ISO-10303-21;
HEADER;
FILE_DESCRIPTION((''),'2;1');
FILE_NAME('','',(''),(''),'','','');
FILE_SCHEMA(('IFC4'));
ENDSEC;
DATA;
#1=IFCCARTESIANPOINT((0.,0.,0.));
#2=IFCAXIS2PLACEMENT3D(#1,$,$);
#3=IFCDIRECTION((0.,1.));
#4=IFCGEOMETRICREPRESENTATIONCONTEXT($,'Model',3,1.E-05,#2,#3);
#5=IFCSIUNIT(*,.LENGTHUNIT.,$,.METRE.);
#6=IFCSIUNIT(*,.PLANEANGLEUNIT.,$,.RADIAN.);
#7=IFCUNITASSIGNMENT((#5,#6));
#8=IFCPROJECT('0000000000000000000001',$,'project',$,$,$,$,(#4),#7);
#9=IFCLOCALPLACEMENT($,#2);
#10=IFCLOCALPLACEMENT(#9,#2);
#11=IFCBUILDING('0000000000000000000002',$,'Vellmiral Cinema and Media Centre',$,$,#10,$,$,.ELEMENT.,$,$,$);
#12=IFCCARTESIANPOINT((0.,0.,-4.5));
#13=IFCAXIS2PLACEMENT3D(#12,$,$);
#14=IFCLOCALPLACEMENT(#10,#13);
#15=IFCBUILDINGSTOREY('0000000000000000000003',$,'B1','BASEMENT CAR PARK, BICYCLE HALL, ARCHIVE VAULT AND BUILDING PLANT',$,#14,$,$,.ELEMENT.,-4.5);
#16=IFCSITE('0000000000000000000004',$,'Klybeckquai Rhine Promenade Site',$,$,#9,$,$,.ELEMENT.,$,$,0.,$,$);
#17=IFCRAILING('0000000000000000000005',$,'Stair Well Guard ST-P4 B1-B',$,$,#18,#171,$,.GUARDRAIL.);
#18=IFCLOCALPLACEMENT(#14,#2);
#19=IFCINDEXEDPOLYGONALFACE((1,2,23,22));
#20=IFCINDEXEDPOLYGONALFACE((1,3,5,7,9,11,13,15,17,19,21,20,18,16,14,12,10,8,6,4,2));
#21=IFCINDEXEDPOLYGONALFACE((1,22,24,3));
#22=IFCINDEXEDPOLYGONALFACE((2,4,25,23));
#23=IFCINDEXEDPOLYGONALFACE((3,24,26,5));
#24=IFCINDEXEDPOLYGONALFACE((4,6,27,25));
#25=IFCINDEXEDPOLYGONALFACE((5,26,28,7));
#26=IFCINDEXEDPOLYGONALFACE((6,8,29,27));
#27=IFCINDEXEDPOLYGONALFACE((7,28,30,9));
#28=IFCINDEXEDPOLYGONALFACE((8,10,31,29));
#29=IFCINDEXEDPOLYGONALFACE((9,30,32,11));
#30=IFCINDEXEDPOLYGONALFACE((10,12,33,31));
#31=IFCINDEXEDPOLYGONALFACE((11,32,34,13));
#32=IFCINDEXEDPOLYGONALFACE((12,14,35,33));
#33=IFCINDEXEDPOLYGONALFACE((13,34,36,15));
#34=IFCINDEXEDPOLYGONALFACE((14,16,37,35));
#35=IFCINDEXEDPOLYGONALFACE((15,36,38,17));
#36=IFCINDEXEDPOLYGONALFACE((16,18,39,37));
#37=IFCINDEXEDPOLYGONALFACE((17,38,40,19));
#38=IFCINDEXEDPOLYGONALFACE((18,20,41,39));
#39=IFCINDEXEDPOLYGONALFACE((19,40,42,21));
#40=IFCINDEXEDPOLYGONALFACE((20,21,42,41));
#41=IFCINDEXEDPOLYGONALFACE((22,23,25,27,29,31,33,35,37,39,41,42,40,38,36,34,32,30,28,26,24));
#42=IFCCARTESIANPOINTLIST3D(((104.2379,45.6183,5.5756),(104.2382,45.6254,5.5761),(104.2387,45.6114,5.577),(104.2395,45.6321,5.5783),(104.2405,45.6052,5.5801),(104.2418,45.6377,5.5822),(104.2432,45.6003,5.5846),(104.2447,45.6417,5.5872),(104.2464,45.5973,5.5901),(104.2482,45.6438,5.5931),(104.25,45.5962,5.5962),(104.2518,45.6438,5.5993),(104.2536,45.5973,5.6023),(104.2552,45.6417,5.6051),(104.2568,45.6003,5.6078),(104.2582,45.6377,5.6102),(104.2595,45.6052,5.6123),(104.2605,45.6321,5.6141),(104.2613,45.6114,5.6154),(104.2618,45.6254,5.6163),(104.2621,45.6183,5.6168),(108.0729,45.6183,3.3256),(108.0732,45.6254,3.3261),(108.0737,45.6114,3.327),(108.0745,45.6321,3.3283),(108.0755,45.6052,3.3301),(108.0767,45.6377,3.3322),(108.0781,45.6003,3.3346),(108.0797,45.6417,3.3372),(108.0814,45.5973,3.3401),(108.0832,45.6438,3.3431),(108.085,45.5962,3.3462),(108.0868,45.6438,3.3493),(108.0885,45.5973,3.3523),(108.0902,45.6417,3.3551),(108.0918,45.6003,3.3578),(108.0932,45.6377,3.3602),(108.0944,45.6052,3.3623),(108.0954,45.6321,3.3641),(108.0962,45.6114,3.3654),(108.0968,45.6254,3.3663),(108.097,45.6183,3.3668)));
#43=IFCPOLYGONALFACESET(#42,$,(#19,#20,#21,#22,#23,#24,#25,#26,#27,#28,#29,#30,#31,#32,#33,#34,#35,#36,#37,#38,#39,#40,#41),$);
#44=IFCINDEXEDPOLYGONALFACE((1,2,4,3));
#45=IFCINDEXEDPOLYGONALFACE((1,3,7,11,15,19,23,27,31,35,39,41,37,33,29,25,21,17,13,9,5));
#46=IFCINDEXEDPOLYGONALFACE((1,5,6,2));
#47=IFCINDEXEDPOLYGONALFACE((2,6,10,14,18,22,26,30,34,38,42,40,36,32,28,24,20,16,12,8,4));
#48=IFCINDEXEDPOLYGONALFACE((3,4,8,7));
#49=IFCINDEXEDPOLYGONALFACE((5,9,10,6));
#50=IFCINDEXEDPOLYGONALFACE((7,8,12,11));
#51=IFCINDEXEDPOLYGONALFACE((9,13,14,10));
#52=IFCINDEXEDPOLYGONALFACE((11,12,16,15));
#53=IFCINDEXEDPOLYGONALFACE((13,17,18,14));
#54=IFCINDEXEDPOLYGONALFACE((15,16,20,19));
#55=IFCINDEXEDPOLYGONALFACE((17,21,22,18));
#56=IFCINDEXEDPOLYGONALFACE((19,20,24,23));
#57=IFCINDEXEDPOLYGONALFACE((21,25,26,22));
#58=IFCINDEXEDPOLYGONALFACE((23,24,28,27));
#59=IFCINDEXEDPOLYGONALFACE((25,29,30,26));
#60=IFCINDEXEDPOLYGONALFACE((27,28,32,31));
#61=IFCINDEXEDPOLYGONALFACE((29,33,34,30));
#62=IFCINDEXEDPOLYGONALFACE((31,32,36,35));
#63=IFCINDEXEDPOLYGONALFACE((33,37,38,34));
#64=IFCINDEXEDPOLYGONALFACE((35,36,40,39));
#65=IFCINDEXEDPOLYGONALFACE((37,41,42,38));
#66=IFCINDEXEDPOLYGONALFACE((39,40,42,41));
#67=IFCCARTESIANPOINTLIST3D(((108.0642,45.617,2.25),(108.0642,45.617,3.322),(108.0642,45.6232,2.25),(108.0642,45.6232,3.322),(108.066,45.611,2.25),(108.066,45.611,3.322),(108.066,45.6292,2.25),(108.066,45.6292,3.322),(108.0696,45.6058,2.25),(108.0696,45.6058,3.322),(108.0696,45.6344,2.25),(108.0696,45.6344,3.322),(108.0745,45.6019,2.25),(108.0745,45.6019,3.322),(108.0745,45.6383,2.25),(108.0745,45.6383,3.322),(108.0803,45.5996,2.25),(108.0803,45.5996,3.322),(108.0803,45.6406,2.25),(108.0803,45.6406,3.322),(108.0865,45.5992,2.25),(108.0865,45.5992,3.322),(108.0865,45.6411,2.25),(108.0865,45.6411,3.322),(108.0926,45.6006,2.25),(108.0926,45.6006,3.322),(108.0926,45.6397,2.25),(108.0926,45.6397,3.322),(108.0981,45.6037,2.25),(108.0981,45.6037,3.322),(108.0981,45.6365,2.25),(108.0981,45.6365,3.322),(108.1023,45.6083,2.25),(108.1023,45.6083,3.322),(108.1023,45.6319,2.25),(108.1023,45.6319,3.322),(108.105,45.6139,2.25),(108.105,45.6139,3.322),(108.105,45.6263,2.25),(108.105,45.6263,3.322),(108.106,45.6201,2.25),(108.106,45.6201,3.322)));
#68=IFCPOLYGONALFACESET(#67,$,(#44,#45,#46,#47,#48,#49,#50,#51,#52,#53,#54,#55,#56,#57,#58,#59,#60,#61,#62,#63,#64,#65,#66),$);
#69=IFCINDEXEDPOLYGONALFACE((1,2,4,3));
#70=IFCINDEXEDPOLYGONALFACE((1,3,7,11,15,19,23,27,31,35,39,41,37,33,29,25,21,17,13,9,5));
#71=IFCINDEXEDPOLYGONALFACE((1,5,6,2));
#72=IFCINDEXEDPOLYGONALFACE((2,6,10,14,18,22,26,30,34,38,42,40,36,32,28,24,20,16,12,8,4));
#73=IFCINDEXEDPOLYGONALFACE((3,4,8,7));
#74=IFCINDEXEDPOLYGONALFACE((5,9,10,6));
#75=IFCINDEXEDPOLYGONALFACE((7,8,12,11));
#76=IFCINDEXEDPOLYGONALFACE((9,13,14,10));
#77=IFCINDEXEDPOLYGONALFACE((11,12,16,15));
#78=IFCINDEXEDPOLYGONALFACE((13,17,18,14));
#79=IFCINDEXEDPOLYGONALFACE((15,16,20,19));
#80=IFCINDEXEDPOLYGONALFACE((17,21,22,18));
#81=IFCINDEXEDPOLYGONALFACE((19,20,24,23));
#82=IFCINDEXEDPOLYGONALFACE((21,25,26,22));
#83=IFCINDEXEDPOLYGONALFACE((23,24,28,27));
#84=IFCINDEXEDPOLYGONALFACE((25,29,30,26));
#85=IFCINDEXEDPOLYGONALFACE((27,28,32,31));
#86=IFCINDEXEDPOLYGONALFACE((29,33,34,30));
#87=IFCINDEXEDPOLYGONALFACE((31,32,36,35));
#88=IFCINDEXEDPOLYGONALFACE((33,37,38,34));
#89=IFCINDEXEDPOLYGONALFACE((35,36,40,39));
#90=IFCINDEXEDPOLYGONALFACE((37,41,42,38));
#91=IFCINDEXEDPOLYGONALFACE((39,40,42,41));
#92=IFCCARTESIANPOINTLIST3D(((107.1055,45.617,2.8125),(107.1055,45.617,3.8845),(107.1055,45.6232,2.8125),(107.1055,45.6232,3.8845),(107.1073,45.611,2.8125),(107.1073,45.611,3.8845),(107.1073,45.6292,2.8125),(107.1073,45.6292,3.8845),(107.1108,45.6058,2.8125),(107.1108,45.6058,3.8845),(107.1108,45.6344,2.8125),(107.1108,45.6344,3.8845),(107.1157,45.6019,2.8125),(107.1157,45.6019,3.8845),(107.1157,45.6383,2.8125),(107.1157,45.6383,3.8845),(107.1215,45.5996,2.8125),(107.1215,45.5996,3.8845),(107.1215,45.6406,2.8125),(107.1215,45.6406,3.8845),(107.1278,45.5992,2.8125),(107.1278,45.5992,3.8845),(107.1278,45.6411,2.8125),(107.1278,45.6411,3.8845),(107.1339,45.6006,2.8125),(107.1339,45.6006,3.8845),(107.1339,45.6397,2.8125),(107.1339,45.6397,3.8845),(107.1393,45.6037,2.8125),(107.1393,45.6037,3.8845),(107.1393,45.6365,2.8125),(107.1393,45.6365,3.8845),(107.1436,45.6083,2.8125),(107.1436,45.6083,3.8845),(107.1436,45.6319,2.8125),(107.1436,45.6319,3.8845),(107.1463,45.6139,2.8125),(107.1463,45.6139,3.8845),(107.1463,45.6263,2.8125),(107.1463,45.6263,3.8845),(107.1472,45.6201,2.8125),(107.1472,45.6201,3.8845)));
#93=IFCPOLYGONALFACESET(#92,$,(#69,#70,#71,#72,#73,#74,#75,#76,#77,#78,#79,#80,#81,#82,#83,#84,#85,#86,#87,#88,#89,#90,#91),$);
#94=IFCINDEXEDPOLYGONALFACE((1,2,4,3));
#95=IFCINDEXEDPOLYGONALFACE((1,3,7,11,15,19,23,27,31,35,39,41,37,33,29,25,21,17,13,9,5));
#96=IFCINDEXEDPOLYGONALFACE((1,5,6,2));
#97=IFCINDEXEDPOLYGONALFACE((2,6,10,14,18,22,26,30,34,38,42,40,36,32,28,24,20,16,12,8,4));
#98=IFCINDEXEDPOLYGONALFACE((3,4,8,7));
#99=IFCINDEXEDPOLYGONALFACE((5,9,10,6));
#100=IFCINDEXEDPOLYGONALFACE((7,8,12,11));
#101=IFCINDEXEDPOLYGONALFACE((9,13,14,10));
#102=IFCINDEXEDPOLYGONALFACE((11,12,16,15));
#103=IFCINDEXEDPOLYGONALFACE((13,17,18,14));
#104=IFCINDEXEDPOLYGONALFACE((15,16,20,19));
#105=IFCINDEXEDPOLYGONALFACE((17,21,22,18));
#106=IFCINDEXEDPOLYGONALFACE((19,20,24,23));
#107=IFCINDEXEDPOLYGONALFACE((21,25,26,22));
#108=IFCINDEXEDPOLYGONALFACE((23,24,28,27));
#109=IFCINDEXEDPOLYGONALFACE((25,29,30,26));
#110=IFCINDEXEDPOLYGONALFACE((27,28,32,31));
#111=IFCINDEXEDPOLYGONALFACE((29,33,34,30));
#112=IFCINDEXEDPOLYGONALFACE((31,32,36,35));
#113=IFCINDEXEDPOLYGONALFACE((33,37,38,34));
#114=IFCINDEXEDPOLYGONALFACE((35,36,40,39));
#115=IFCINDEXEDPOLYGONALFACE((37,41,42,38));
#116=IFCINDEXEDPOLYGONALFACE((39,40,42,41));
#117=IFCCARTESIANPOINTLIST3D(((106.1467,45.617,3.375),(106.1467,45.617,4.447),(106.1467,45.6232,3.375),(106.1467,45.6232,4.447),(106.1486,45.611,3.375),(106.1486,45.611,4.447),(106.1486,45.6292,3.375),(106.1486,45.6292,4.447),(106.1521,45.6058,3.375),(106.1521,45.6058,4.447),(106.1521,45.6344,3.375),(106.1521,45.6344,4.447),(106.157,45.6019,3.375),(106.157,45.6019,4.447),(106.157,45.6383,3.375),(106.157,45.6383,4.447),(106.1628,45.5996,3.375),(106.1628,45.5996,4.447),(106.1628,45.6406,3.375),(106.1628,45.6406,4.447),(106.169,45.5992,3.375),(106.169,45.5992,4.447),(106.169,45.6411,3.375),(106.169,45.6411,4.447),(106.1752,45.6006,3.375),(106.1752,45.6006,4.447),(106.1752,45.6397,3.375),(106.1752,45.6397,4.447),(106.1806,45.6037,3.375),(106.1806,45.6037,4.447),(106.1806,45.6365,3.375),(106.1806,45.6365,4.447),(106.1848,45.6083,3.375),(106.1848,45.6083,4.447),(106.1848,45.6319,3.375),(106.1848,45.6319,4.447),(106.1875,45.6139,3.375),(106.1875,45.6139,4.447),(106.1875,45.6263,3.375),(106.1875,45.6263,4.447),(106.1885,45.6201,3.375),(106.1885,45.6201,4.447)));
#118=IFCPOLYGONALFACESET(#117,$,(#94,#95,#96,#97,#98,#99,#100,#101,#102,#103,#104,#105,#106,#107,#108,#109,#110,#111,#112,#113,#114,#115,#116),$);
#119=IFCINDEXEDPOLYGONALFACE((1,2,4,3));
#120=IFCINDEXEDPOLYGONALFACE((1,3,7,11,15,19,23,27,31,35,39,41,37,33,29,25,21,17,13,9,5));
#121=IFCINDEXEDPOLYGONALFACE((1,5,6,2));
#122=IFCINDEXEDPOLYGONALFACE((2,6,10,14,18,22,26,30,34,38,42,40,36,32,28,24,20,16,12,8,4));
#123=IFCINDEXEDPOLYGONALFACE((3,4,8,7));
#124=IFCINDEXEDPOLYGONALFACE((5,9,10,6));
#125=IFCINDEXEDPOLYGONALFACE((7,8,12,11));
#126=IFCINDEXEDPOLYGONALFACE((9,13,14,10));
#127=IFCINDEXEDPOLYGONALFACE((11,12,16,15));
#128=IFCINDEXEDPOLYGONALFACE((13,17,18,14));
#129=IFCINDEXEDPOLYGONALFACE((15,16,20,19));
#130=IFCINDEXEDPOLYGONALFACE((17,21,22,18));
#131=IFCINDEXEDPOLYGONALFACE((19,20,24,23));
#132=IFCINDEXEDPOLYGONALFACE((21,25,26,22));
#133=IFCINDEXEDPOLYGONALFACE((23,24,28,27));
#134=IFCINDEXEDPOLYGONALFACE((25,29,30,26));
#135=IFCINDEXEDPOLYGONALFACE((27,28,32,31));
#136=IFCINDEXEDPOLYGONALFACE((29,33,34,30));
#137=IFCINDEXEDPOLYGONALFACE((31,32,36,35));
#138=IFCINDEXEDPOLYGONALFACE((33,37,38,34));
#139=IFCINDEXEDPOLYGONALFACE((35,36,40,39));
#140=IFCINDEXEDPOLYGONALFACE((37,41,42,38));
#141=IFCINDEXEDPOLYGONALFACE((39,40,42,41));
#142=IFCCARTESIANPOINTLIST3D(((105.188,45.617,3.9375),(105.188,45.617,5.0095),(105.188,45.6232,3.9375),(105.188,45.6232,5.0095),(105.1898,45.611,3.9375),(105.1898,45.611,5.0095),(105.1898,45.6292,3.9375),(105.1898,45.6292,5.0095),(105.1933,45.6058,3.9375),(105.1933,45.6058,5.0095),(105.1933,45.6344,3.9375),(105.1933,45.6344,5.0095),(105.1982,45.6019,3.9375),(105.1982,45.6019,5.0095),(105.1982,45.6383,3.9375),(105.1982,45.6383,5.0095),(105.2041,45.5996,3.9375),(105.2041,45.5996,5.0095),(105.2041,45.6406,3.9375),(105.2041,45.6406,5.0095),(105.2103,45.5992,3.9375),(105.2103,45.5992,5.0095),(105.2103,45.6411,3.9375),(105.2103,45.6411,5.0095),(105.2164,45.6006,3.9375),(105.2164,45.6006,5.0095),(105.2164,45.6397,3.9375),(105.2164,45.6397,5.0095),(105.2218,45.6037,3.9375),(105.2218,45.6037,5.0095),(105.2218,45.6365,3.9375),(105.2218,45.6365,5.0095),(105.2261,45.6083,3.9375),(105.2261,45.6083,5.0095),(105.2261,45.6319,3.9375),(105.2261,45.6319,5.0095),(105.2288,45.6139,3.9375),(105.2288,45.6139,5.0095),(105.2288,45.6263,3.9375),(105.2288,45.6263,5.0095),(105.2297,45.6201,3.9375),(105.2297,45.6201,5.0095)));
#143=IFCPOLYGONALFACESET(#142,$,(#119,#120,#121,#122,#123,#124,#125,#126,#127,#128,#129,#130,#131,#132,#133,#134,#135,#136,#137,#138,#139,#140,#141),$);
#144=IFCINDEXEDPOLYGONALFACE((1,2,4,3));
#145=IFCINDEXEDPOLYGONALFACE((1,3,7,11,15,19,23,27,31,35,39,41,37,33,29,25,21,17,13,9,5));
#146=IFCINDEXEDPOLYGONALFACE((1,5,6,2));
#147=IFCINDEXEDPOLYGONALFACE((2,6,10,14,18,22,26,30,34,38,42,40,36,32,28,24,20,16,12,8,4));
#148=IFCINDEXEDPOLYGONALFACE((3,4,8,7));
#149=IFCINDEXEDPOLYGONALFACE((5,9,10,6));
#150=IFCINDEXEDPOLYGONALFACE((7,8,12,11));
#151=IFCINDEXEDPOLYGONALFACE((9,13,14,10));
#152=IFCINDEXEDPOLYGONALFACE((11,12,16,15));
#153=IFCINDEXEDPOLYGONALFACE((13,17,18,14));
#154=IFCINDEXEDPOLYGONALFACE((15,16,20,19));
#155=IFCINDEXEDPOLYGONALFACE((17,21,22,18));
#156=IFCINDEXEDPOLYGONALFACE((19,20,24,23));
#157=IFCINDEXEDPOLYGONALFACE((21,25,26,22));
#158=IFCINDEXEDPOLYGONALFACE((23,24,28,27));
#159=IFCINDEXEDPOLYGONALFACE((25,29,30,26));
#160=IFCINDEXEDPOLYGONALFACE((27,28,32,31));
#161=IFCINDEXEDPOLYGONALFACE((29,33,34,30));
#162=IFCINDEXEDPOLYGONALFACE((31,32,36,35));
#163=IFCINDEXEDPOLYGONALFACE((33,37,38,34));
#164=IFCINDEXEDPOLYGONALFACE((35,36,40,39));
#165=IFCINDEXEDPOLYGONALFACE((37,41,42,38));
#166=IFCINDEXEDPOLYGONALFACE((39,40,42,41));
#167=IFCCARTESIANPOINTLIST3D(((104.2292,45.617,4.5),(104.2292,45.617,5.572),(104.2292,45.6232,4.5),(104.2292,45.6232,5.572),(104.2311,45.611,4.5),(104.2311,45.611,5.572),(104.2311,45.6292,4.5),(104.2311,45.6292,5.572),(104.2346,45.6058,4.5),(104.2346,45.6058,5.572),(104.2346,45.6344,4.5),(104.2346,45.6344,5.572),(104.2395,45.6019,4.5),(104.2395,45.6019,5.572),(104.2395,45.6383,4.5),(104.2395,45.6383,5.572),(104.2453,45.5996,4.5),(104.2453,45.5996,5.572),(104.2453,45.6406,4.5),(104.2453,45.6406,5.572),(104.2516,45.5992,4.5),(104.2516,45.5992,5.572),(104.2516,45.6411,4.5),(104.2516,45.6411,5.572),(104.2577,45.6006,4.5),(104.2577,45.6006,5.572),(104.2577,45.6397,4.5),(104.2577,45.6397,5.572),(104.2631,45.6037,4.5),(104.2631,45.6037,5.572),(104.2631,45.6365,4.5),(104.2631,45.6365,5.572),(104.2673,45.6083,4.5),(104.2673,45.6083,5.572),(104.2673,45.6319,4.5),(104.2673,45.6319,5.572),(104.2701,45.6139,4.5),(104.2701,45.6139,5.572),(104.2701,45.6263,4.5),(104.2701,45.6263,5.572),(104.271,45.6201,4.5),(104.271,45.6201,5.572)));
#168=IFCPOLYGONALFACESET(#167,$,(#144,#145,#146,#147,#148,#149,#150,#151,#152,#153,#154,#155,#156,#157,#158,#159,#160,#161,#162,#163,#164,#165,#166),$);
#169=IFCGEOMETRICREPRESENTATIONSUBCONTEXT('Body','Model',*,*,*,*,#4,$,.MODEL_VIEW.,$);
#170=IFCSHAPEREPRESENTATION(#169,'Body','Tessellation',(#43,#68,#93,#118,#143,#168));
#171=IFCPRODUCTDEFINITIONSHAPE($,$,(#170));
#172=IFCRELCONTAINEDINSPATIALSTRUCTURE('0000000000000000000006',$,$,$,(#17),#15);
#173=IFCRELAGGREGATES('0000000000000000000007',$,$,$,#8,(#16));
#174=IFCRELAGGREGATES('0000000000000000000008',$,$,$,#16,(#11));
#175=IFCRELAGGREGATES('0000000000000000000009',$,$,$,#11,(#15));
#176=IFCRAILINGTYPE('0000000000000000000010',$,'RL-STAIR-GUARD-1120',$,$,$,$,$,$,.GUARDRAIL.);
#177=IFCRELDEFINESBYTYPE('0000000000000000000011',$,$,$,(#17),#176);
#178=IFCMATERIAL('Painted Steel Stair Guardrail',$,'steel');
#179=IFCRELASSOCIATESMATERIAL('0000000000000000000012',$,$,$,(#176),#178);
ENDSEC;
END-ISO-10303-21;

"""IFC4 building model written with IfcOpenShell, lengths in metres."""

from ifc_helpers import new_model, si_unit, direction, frame, origin, origin_2d, place, context, subcontext, project, spatial, circle, extrude, material, type_object, element, save


model = new_model("IFC4")

# Units and contexts
model_context = context("Model", 3, precision=1e-05, world=origin(), true_north=direction((0.0, 1.0)))
body_context = subcontext(model_context, "Body", "Model", "MODEL_VIEW")
ifc_project = project(units=[si_unit("LENGTHUNIT", "METRE"), si_unit("PLANEANGLEUNIT", "RADIAN")], contexts=[model_context])

# Site, building, storey
site_placement = place(None, origin())
site = spatial("IfcSite", under=ifc_project, at=site_placement, Name="Klybeckquai Rhine Promenade Site", CompositionType="ELEMENT", RefElevation=0.0)
building_placement = place(site_placement, origin())
building = spatial("IfcBuilding", under=site, at=building_placement, Name="Vellmiral Cinema and Media Centre", CompositionType="ELEMENT")
storey_placement = place(building_placement, frame((0.0, 0.0, -4.5)))
storey = spatial("IfcBuildingStorey", under=building, at=storey_placement, Name="B1", Description="BASEMENT CAR PARK, BICYCLE HALL, ARCHIVE VAULT AND BUILDING PLANT", CompositionType="ELEMENT", Elevation=-4.5)

# Railing
ifc_material_1 = material(Name="Painted Steel Stair Guardrail", Category="steel")
railing_type_1 = type_object("IfcRailingType", Name="RL-STAIR-GUARD-1120", PredefinedType="GUARDRAIL", material=ifc_material_1)
railing_1_placement = place(storey_placement, frame((108.085, 45.6201, 2.25)))
element("IfcRailing", 1, at=railing_1_placement, inside=storey, type_object=railing_type_1, Name="Stair Well Guard ST-P4 B1-B", PredefinedType="GUARDRAIL", context=body_context, shape_type="SweptSolid", body=[
    extrude(circle(Radius=0.0239, at=origin_2d()), frame((0.0, 0.0, 1.0962), z_axis=(-0.86251, 0.0, 0.506041), x_axis=(0.0, -1.0, 0.0)), (0.0, 0.0, 1.0), 4.4463),
    extrude(circle(Radius=0.021, at=origin_2d()), origin(), (0.0, 0.0, 1.0), 1.072),
    extrude(circle(Radius=0.021, at=origin_2d()), frame((-0.9587, 0.0, 0.5625)), (0.0, 0.0, 1.0), 1.072),
    extrude(circle(Radius=0.021, at=origin_2d()), frame((-1.9175, 0.0, 1.125)), (0.0, 0.0, 1.0), 1.072),
    extrude(circle(Radius=0.021, at=origin_2d()), frame((-2.8762, 0.0, 1.6875)), (0.0, 0.0, 1.0), 1.072),
    extrude(circle(Radius=0.021, at=origin_2d()), frame((-3.835, 0.0, 2.25)), (0.0, 0.0, 1.0), 1.072),
])

save(model, "model.ifc")
